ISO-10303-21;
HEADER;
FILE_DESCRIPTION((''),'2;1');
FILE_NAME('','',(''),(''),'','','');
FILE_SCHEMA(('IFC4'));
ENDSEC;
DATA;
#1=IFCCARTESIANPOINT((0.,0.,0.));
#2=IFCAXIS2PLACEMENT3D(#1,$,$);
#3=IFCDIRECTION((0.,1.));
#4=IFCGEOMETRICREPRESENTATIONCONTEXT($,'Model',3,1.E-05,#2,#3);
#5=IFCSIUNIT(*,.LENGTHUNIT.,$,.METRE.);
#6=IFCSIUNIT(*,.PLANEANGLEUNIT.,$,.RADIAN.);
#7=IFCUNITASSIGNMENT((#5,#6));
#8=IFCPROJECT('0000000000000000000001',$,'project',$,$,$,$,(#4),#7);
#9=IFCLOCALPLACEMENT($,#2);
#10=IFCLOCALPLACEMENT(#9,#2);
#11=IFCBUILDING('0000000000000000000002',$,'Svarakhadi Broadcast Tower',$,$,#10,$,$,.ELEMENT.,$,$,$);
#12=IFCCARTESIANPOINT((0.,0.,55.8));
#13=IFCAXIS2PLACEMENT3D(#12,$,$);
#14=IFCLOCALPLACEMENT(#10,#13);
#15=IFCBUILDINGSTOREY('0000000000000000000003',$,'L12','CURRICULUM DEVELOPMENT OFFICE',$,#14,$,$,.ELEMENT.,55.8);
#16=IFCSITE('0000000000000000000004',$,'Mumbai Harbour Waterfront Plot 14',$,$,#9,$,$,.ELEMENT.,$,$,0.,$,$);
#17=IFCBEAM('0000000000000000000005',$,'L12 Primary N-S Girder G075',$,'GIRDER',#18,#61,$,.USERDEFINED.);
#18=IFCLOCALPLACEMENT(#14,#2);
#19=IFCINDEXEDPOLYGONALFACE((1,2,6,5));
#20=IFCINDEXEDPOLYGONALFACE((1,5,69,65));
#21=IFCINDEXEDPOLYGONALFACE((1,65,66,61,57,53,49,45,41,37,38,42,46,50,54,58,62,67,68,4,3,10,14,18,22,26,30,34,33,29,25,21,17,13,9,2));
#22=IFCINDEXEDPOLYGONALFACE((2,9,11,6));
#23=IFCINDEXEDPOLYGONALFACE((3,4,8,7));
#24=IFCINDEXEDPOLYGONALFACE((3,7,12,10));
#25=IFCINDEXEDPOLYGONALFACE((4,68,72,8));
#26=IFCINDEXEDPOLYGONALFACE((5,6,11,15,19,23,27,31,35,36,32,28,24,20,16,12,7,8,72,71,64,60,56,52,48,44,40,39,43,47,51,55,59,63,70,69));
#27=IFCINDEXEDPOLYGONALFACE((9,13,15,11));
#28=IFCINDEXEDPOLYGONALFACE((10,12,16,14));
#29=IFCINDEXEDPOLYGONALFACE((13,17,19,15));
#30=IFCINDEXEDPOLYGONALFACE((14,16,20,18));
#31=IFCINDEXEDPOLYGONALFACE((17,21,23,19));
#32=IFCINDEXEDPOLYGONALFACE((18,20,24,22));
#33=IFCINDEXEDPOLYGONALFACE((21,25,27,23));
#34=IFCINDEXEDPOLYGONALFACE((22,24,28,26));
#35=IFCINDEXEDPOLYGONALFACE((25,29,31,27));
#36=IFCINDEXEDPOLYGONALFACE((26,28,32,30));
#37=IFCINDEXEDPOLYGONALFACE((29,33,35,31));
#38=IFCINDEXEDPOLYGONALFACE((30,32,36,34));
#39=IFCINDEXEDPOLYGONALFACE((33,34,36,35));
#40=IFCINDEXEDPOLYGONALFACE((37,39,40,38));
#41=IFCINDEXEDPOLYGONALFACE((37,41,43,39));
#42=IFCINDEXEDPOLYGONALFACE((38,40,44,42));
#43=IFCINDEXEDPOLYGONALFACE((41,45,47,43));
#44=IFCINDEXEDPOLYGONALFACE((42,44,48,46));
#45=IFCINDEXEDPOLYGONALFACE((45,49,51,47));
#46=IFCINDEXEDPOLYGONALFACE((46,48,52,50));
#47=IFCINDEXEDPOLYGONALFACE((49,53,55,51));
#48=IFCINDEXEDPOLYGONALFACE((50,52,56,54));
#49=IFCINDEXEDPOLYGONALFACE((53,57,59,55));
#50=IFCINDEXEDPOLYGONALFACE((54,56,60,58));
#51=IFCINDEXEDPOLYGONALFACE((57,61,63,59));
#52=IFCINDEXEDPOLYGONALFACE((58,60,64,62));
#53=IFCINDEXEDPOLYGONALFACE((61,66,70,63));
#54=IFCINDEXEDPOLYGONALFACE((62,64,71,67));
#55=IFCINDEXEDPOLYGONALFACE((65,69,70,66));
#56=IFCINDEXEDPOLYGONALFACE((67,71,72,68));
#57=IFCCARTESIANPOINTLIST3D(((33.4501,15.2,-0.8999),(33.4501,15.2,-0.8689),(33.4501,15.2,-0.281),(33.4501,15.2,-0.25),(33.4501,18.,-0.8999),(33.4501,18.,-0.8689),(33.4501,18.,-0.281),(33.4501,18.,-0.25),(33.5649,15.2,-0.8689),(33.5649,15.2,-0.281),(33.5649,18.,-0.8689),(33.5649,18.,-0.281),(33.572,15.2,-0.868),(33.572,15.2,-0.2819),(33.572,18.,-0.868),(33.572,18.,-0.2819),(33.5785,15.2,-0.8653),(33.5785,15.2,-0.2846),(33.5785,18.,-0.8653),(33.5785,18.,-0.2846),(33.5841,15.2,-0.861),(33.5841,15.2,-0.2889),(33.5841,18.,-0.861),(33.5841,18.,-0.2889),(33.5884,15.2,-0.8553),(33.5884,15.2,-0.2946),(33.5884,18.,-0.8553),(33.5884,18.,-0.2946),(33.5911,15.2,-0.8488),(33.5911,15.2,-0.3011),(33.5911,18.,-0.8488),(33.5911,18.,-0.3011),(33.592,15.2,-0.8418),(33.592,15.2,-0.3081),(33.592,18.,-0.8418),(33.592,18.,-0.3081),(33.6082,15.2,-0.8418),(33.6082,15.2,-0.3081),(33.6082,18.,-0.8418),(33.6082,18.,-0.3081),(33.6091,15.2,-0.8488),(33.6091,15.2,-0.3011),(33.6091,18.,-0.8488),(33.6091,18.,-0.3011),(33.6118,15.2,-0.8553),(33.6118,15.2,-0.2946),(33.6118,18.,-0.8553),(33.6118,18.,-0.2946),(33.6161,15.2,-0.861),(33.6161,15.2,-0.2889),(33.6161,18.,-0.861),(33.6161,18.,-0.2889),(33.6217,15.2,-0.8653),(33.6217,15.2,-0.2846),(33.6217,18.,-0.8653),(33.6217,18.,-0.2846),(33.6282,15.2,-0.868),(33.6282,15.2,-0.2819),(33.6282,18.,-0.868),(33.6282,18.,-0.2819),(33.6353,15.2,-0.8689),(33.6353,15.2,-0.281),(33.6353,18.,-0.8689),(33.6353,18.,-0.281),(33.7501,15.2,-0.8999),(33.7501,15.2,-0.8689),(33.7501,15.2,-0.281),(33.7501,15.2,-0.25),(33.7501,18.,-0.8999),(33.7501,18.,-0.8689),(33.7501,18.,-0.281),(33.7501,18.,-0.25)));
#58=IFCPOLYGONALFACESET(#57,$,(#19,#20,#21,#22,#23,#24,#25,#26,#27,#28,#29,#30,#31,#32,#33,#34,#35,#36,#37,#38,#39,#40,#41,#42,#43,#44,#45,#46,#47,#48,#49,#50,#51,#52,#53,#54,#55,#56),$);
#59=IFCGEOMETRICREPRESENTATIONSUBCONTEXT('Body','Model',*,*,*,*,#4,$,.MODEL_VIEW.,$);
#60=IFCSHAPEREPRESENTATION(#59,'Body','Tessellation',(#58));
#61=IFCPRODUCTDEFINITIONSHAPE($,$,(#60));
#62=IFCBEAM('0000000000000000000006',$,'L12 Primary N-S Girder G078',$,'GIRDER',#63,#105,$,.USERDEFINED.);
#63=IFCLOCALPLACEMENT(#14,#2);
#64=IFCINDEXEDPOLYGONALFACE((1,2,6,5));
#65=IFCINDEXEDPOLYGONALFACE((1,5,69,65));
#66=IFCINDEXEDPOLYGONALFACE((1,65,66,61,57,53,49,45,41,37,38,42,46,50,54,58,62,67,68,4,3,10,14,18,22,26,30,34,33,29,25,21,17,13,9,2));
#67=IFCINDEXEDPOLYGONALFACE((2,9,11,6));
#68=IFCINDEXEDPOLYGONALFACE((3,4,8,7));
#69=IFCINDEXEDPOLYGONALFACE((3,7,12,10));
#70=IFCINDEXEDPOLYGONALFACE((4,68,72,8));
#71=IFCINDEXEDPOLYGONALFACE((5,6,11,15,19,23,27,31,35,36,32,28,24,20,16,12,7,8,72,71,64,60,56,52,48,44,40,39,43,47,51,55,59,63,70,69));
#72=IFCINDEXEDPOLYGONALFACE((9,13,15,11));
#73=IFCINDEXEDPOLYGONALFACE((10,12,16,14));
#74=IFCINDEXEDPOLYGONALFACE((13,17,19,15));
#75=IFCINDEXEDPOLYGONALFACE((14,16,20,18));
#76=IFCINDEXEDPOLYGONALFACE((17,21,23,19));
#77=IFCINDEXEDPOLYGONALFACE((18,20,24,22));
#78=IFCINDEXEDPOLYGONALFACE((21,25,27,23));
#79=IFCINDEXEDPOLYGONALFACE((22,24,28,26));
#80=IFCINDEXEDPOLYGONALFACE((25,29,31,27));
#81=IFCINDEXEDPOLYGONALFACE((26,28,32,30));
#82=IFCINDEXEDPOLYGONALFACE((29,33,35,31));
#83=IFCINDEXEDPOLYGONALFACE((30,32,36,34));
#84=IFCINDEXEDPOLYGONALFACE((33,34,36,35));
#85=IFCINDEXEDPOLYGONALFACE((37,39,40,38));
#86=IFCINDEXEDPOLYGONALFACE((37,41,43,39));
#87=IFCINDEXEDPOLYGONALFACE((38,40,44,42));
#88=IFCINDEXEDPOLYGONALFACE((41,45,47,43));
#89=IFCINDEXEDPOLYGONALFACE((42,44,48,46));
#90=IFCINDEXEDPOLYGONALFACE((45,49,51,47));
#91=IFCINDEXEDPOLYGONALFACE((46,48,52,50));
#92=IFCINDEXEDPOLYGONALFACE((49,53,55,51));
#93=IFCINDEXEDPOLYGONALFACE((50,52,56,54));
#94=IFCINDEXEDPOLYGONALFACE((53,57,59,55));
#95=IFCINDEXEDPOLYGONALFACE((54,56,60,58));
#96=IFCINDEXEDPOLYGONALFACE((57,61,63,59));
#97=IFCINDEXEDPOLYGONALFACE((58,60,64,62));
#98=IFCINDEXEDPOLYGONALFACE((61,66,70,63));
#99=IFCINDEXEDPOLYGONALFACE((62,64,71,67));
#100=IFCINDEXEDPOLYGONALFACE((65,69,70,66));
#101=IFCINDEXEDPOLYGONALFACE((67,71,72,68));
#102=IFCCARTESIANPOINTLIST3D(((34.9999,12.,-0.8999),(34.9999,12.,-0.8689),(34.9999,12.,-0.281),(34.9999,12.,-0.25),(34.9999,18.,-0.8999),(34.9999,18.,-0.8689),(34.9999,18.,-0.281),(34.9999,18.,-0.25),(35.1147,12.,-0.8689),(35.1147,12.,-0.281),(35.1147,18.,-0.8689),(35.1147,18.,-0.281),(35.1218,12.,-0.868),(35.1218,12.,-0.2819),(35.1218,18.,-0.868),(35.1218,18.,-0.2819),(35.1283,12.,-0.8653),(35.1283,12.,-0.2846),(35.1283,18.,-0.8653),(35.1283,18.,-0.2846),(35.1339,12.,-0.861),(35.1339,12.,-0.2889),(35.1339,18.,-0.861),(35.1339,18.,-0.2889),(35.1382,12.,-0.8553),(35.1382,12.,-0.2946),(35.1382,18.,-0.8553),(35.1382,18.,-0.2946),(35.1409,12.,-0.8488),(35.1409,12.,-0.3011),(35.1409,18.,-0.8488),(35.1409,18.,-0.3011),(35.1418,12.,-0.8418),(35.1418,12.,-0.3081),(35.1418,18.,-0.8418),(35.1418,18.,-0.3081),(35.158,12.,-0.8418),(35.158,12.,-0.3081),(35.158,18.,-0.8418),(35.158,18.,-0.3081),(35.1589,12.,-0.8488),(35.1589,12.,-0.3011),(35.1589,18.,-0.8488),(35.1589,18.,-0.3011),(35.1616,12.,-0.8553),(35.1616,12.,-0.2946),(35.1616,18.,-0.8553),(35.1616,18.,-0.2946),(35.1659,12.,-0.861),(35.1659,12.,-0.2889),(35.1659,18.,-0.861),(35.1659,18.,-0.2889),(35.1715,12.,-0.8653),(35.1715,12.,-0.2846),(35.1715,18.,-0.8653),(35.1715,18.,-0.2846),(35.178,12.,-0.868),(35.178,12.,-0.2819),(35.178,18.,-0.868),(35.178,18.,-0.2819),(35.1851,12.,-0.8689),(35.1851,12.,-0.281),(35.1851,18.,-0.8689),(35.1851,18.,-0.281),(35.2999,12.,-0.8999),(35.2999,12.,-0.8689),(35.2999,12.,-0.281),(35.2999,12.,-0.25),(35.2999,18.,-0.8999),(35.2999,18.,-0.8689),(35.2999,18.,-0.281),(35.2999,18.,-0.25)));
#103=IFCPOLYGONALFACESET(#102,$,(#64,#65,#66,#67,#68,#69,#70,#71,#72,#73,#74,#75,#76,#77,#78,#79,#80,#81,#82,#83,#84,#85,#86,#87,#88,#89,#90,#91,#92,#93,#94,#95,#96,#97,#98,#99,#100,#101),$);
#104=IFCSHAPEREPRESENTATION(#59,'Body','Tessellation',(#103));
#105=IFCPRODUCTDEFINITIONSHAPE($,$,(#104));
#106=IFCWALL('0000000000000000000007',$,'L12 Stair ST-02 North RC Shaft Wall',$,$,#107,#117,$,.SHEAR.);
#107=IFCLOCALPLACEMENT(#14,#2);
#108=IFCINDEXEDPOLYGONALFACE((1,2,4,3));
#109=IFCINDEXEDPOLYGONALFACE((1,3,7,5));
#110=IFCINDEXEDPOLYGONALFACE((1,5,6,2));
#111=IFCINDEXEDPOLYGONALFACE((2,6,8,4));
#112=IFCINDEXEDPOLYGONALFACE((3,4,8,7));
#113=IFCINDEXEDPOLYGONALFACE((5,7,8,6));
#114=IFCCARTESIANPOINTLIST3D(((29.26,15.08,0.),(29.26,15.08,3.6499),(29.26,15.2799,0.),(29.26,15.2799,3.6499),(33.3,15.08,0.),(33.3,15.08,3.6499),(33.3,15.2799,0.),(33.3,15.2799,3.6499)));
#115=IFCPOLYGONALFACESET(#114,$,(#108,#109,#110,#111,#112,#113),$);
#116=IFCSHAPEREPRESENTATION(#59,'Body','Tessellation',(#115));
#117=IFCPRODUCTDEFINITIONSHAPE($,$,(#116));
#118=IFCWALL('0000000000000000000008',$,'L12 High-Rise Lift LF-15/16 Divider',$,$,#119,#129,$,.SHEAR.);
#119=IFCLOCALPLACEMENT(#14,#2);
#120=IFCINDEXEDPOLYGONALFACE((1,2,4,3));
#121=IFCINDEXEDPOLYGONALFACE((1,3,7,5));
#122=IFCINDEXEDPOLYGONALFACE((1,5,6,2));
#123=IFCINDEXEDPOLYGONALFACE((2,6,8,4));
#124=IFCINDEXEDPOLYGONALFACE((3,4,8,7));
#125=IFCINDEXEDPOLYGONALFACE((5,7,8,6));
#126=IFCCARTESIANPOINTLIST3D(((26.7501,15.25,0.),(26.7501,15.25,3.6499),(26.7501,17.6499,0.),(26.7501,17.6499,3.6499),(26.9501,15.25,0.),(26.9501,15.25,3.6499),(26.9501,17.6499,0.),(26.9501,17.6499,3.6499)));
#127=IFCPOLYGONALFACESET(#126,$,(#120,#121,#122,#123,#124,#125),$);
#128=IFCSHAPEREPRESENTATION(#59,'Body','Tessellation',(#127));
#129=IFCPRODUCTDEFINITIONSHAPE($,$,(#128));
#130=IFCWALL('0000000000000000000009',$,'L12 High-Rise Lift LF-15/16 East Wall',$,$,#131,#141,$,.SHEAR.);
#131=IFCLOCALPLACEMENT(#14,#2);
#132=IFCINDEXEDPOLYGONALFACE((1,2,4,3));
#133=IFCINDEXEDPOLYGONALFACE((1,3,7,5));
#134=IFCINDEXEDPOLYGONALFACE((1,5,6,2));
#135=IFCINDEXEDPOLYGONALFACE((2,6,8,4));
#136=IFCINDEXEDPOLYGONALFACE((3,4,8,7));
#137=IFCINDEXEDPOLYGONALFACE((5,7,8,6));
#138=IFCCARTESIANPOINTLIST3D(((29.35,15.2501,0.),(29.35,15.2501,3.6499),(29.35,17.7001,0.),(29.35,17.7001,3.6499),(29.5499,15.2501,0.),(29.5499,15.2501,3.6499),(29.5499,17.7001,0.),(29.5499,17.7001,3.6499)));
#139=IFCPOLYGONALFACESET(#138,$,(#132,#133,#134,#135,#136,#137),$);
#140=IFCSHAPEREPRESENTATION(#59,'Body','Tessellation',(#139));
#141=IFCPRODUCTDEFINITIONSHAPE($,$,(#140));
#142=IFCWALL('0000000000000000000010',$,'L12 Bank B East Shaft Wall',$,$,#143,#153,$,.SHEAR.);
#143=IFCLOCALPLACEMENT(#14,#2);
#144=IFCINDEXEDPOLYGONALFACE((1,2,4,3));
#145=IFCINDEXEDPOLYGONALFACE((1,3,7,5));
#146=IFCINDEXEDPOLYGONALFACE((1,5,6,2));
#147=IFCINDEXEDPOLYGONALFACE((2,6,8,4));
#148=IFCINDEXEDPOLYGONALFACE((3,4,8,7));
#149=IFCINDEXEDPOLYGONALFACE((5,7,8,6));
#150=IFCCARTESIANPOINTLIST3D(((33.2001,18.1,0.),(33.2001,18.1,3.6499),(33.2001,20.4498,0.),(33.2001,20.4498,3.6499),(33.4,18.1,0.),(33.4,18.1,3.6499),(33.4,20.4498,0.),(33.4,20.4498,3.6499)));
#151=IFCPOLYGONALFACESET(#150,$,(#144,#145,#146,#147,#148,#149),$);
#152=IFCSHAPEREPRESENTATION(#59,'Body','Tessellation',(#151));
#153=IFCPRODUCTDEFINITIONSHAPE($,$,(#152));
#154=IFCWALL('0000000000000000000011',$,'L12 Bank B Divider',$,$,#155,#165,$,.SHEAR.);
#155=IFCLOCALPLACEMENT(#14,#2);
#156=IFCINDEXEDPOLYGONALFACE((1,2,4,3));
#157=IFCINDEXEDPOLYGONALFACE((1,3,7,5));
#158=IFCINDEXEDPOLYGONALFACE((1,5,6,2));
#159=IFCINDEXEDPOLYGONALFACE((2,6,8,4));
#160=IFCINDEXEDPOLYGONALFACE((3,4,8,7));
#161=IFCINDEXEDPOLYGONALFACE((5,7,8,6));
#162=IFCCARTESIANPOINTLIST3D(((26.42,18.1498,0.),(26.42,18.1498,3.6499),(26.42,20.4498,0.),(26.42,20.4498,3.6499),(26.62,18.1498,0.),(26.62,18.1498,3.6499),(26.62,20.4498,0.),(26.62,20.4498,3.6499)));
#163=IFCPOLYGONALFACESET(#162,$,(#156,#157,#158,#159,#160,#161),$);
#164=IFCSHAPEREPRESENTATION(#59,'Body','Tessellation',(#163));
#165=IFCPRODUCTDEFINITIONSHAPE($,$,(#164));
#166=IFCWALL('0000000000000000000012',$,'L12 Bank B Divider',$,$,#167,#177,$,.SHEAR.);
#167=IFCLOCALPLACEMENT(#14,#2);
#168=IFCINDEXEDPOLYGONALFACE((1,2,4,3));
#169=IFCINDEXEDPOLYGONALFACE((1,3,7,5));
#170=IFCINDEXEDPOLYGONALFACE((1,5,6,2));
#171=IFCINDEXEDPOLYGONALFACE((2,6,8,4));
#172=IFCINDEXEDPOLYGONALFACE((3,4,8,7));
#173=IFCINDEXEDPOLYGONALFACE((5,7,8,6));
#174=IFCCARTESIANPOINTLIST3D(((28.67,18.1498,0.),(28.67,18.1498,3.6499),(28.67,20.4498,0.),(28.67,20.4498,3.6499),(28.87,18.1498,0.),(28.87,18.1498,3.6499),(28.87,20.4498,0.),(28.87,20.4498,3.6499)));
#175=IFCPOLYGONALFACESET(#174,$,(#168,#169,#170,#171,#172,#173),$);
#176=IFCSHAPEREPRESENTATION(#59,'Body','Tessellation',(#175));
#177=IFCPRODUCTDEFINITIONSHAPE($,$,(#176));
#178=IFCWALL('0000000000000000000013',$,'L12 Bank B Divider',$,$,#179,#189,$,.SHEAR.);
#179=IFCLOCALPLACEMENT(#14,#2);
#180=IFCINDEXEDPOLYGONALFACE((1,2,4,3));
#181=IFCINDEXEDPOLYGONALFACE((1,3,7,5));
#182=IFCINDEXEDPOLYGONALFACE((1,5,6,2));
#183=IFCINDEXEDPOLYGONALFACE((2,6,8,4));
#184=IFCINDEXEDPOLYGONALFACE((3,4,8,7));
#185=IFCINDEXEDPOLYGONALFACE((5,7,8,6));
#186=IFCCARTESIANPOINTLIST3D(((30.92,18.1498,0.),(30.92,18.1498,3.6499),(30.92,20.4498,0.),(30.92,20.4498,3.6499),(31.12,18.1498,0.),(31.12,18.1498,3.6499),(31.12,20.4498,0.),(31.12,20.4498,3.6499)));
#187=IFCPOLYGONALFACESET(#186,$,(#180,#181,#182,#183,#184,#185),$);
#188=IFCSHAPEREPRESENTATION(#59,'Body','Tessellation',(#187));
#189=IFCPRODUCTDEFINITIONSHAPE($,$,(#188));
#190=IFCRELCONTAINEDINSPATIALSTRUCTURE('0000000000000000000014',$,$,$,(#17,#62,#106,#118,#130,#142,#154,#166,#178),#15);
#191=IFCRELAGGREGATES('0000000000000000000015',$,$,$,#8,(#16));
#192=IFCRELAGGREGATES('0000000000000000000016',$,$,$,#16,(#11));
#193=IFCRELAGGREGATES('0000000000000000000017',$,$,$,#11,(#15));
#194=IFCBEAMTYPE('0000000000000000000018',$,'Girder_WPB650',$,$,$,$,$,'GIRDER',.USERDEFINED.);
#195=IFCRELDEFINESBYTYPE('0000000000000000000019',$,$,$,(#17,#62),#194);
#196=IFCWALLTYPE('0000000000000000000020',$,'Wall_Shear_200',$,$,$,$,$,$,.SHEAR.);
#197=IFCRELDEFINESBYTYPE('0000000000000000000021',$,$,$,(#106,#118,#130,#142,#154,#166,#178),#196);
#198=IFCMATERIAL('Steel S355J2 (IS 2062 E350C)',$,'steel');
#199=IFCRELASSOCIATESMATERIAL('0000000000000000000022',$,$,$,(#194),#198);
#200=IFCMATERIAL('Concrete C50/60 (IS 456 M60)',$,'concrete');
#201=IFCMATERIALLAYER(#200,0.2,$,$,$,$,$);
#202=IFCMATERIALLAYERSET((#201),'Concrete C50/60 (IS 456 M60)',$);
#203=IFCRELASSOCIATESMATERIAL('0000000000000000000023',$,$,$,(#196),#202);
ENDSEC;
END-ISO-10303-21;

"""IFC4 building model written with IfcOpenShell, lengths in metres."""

from ifc_helpers import new_model, si_unit, direction, frame, frame_2d, origin, origin_2d, place, context, subcontext, project, spatial, rectangle, i_section, extrude, material, layer, layer_set, material_profile, profile_set, type_object, element, save


model = new_model("IFC4")

# Units and contexts
model_context = context("Model", 3, precision=1e-05, world=origin(), true_north=direction((0.0, 1.0)))
body_context = subcontext(model_context, "Body", "Model", "MODEL_VIEW")
ifc_project = project(units=[si_unit("LENGTHUNIT", "METRE"), si_unit("PLANEANGLEUNIT", "RADIAN")], contexts=[model_context])

# Site, building, storey
site_placement = place(None, origin())
site = spatial("IfcSite", under=ifc_project, at=site_placement, Name="Mumbai Harbour Waterfront Plot 14", CompositionType="ELEMENT", RefElevation=0.0)
building_placement = place(site_placement, origin())
building = spatial("IfcBuilding", under=site, at=building_placement, Name="Svarakhadi Broadcast Tower", CompositionType="ELEMENT")
storey_placement = place(building_placement, frame((0.0, 0.0, 55.8)))
storey = spatial("IfcBuildingStorey", under=building, at=storey_placement, Name="L12", Description="CURRICULUM DEVELOPMENT OFFICE", CompositionType="ELEMENT", Elevation=55.8)

# Beams
ifc_material_1 = material(Name="Steel S355J2 (IS 2062 E350C)", Category="steel")
ifc_material_profile_1 = material_profile(ifc_material_1, i_section(OverallWidth=0.3, OverallDepth=0.6499, WebThickness=0.0161, FlangeThickness=0.031, FilletRadius=0.0271, at=origin_2d()), Name="WPB 650x300x225")
ifc_profile_set_1 = profile_set([ifc_material_profile_1], Name="Steel S355J2 (IS 2062 E350C)")
beam_type = type_object("IfcBeamType", Name="Girder_WPB650", ElementType="GIRDER", PredefinedType="USERDEFINED", material=ifc_profile_set_1)
beam_1_placement = place(storey_placement, frame((33.6001, 15.2, -0.575), z_axis=(0.0, 1.0, 0.0), x_axis=(-1.0, 0.0, 0.0)))
element("IfcBeam", 1, at=beam_1_placement, inside=storey, type_object=beam_type, Name="L12 Primary N-S Girder G075", ObjectType="GIRDER", PredefinedType="USERDEFINED", context=body_context, shape_type="SweptSolid", body=[
    extrude(i_section(OverallWidth=0.3, OverallDepth=0.6499, WebThickness=0.0161, FlangeThickness=0.031, FilletRadius=0.0271, at=origin_2d()), origin(), (0.0, 0.0, 1.0), 2.8),
])
beam_2_placement = place(storey_placement, frame((35.1499, 12.0, -0.575), z_axis=(0.0, 1.0, 0.0), x_axis=(-1.0, 0.0, 0.0)))
element("IfcBeam", 2, at=beam_2_placement, inside=storey, type_object=beam_type, Name="L12 Primary N-S Girder G078", ObjectType="GIRDER", PredefinedType="USERDEFINED", context=body_context, shape_type="SweptSolid", body=[
    extrude(i_section(OverallWidth=0.3, OverallDepth=0.6499, WebThickness=0.0161, FlangeThickness=0.031, FilletRadius=0.0271, at=origin_2d()), origin(), (0.0, 0.0, 1.0), 6.0),
])

# Wall
ifc_material_2 = material(Name="Concrete C50/60 (IS 456 M60)", Category="concrete")
ifc_layer = layer(ifc_material_2, 0.2)
ifc_layer_set = layer_set([ifc_layer], Name="Concrete C50/60 (IS 456 M60)")
wall_type = type_object("IfcWallType", Name="Wall_Shear_200", PredefinedType="SHEAR", material=ifc_layer_set)
wall_1_placement = place(storey_placement, frame((29.26, 15.1799, 0.0), z_axis=(0.0, 0.0, 1.0), x_axis=(1.0, 0.0, 0.0)))
element("IfcWall", 3, at=wall_1_placement, inside=storey, type_object=wall_type, Name="L12 Stair ST-02 North RC Shaft Wall", PredefinedType="SHEAR", context=body_context, shape_type="SweptSolid", body=[
    extrude(rectangle(XDim=4.04, YDim=0.2, at=frame_2d((2.02, 0.0))), origin(), (0.0, 0.0, 1.0), 3.6499),
])

# Walls
wall_2_placement = place(storey_placement, frame((26.8501, 15.25, 0.0), z_axis=(0.0, 0.0, 1.0), x_axis=(0.0, 1.0, 0.0)))
element("IfcWall", 4, at=wall_2_placement, inside=storey, type_object=wall_type, Name="L12 High-Rise Lift LF-15/16 Divider", PredefinedType="SHEAR", context=body_context, shape_type="SweptSolid", body=[
    extrude(rectangle(XDim=2.3999, YDim=0.2, at=frame_2d((1.2, 0.0))), origin(), (0.0, 0.0, 1.0), 3.6499),
])
wall_3_placement = place(storey_placement, frame((29.45, 15.25, 0.0), z_axis=(0.0, 0.0, 1.0), x_axis=(0.0, 1.0, 0.0)))
element("IfcWall", 5, at=wall_3_placement, inside=storey, type_object=wall_type, Name="L12 High-Rise Lift LF-15/16 East Wall", PredefinedType="SHEAR", context=body_context, shape_type="SweptSolid", body=[
    extrude(rectangle(XDim=2.45, YDim=0.2, at=frame_2d((1.2251, 0.0))), origin(), (0.0, 0.0, 1.0), 3.6499),
])
wall_4_placement = place(storey_placement, frame((33.3, 18.1001, 0.0), z_axis=(0.0, 0.0, 1.0), x_axis=(0.0, 1.0, 0.0)))
element("IfcWall", 6, at=wall_4_placement, inside=storey, type_object=wall_type, Name="L12 Bank B East Shaft Wall", PredefinedType="SHEAR", context=body_context, shape_type="SweptSolid", body=[
    extrude(rectangle(XDim=2.3499, YDim=0.2, at=frame_2d((1.1748, 0.0))), origin(), (0.0, 0.0, 1.0), 3.6499),
])
for number, where, z_axis, x_axis, name in (
    (7, (26.52, 18.1499, 0.0), (0.0, 0.0, 1.0), (0.0, 1.0, 0.0), "L12 Bank B Divider"),
    (8, (28.77, 18.1499, 0.0), (0.0, 0.0, 1.0), (0.0, 1.0, 0.0), "L12 Bank B Divider"),
    (9, (31.02, 18.1499, 0.0), (0.0, 0.0, 1.0), (0.0, 1.0, 0.0), "L12 Bank B Divider"),
):
    element("IfcWall", number, at=place(storey_placement, frame(where, z_axis=z_axis, x_axis=x_axis)), inside=storey, type_object=wall_type, Name=name, PredefinedType="SHEAR", context=body_context, shape_type="SweptSolid", body=[
        extrude(rectangle(XDim=2.3, YDim=0.2, at=frame_2d((1.1499, 0.0))), origin(), (0.0, 0.0, 1.0), 3.6499),
    ])

save(model, "model.ifc")
